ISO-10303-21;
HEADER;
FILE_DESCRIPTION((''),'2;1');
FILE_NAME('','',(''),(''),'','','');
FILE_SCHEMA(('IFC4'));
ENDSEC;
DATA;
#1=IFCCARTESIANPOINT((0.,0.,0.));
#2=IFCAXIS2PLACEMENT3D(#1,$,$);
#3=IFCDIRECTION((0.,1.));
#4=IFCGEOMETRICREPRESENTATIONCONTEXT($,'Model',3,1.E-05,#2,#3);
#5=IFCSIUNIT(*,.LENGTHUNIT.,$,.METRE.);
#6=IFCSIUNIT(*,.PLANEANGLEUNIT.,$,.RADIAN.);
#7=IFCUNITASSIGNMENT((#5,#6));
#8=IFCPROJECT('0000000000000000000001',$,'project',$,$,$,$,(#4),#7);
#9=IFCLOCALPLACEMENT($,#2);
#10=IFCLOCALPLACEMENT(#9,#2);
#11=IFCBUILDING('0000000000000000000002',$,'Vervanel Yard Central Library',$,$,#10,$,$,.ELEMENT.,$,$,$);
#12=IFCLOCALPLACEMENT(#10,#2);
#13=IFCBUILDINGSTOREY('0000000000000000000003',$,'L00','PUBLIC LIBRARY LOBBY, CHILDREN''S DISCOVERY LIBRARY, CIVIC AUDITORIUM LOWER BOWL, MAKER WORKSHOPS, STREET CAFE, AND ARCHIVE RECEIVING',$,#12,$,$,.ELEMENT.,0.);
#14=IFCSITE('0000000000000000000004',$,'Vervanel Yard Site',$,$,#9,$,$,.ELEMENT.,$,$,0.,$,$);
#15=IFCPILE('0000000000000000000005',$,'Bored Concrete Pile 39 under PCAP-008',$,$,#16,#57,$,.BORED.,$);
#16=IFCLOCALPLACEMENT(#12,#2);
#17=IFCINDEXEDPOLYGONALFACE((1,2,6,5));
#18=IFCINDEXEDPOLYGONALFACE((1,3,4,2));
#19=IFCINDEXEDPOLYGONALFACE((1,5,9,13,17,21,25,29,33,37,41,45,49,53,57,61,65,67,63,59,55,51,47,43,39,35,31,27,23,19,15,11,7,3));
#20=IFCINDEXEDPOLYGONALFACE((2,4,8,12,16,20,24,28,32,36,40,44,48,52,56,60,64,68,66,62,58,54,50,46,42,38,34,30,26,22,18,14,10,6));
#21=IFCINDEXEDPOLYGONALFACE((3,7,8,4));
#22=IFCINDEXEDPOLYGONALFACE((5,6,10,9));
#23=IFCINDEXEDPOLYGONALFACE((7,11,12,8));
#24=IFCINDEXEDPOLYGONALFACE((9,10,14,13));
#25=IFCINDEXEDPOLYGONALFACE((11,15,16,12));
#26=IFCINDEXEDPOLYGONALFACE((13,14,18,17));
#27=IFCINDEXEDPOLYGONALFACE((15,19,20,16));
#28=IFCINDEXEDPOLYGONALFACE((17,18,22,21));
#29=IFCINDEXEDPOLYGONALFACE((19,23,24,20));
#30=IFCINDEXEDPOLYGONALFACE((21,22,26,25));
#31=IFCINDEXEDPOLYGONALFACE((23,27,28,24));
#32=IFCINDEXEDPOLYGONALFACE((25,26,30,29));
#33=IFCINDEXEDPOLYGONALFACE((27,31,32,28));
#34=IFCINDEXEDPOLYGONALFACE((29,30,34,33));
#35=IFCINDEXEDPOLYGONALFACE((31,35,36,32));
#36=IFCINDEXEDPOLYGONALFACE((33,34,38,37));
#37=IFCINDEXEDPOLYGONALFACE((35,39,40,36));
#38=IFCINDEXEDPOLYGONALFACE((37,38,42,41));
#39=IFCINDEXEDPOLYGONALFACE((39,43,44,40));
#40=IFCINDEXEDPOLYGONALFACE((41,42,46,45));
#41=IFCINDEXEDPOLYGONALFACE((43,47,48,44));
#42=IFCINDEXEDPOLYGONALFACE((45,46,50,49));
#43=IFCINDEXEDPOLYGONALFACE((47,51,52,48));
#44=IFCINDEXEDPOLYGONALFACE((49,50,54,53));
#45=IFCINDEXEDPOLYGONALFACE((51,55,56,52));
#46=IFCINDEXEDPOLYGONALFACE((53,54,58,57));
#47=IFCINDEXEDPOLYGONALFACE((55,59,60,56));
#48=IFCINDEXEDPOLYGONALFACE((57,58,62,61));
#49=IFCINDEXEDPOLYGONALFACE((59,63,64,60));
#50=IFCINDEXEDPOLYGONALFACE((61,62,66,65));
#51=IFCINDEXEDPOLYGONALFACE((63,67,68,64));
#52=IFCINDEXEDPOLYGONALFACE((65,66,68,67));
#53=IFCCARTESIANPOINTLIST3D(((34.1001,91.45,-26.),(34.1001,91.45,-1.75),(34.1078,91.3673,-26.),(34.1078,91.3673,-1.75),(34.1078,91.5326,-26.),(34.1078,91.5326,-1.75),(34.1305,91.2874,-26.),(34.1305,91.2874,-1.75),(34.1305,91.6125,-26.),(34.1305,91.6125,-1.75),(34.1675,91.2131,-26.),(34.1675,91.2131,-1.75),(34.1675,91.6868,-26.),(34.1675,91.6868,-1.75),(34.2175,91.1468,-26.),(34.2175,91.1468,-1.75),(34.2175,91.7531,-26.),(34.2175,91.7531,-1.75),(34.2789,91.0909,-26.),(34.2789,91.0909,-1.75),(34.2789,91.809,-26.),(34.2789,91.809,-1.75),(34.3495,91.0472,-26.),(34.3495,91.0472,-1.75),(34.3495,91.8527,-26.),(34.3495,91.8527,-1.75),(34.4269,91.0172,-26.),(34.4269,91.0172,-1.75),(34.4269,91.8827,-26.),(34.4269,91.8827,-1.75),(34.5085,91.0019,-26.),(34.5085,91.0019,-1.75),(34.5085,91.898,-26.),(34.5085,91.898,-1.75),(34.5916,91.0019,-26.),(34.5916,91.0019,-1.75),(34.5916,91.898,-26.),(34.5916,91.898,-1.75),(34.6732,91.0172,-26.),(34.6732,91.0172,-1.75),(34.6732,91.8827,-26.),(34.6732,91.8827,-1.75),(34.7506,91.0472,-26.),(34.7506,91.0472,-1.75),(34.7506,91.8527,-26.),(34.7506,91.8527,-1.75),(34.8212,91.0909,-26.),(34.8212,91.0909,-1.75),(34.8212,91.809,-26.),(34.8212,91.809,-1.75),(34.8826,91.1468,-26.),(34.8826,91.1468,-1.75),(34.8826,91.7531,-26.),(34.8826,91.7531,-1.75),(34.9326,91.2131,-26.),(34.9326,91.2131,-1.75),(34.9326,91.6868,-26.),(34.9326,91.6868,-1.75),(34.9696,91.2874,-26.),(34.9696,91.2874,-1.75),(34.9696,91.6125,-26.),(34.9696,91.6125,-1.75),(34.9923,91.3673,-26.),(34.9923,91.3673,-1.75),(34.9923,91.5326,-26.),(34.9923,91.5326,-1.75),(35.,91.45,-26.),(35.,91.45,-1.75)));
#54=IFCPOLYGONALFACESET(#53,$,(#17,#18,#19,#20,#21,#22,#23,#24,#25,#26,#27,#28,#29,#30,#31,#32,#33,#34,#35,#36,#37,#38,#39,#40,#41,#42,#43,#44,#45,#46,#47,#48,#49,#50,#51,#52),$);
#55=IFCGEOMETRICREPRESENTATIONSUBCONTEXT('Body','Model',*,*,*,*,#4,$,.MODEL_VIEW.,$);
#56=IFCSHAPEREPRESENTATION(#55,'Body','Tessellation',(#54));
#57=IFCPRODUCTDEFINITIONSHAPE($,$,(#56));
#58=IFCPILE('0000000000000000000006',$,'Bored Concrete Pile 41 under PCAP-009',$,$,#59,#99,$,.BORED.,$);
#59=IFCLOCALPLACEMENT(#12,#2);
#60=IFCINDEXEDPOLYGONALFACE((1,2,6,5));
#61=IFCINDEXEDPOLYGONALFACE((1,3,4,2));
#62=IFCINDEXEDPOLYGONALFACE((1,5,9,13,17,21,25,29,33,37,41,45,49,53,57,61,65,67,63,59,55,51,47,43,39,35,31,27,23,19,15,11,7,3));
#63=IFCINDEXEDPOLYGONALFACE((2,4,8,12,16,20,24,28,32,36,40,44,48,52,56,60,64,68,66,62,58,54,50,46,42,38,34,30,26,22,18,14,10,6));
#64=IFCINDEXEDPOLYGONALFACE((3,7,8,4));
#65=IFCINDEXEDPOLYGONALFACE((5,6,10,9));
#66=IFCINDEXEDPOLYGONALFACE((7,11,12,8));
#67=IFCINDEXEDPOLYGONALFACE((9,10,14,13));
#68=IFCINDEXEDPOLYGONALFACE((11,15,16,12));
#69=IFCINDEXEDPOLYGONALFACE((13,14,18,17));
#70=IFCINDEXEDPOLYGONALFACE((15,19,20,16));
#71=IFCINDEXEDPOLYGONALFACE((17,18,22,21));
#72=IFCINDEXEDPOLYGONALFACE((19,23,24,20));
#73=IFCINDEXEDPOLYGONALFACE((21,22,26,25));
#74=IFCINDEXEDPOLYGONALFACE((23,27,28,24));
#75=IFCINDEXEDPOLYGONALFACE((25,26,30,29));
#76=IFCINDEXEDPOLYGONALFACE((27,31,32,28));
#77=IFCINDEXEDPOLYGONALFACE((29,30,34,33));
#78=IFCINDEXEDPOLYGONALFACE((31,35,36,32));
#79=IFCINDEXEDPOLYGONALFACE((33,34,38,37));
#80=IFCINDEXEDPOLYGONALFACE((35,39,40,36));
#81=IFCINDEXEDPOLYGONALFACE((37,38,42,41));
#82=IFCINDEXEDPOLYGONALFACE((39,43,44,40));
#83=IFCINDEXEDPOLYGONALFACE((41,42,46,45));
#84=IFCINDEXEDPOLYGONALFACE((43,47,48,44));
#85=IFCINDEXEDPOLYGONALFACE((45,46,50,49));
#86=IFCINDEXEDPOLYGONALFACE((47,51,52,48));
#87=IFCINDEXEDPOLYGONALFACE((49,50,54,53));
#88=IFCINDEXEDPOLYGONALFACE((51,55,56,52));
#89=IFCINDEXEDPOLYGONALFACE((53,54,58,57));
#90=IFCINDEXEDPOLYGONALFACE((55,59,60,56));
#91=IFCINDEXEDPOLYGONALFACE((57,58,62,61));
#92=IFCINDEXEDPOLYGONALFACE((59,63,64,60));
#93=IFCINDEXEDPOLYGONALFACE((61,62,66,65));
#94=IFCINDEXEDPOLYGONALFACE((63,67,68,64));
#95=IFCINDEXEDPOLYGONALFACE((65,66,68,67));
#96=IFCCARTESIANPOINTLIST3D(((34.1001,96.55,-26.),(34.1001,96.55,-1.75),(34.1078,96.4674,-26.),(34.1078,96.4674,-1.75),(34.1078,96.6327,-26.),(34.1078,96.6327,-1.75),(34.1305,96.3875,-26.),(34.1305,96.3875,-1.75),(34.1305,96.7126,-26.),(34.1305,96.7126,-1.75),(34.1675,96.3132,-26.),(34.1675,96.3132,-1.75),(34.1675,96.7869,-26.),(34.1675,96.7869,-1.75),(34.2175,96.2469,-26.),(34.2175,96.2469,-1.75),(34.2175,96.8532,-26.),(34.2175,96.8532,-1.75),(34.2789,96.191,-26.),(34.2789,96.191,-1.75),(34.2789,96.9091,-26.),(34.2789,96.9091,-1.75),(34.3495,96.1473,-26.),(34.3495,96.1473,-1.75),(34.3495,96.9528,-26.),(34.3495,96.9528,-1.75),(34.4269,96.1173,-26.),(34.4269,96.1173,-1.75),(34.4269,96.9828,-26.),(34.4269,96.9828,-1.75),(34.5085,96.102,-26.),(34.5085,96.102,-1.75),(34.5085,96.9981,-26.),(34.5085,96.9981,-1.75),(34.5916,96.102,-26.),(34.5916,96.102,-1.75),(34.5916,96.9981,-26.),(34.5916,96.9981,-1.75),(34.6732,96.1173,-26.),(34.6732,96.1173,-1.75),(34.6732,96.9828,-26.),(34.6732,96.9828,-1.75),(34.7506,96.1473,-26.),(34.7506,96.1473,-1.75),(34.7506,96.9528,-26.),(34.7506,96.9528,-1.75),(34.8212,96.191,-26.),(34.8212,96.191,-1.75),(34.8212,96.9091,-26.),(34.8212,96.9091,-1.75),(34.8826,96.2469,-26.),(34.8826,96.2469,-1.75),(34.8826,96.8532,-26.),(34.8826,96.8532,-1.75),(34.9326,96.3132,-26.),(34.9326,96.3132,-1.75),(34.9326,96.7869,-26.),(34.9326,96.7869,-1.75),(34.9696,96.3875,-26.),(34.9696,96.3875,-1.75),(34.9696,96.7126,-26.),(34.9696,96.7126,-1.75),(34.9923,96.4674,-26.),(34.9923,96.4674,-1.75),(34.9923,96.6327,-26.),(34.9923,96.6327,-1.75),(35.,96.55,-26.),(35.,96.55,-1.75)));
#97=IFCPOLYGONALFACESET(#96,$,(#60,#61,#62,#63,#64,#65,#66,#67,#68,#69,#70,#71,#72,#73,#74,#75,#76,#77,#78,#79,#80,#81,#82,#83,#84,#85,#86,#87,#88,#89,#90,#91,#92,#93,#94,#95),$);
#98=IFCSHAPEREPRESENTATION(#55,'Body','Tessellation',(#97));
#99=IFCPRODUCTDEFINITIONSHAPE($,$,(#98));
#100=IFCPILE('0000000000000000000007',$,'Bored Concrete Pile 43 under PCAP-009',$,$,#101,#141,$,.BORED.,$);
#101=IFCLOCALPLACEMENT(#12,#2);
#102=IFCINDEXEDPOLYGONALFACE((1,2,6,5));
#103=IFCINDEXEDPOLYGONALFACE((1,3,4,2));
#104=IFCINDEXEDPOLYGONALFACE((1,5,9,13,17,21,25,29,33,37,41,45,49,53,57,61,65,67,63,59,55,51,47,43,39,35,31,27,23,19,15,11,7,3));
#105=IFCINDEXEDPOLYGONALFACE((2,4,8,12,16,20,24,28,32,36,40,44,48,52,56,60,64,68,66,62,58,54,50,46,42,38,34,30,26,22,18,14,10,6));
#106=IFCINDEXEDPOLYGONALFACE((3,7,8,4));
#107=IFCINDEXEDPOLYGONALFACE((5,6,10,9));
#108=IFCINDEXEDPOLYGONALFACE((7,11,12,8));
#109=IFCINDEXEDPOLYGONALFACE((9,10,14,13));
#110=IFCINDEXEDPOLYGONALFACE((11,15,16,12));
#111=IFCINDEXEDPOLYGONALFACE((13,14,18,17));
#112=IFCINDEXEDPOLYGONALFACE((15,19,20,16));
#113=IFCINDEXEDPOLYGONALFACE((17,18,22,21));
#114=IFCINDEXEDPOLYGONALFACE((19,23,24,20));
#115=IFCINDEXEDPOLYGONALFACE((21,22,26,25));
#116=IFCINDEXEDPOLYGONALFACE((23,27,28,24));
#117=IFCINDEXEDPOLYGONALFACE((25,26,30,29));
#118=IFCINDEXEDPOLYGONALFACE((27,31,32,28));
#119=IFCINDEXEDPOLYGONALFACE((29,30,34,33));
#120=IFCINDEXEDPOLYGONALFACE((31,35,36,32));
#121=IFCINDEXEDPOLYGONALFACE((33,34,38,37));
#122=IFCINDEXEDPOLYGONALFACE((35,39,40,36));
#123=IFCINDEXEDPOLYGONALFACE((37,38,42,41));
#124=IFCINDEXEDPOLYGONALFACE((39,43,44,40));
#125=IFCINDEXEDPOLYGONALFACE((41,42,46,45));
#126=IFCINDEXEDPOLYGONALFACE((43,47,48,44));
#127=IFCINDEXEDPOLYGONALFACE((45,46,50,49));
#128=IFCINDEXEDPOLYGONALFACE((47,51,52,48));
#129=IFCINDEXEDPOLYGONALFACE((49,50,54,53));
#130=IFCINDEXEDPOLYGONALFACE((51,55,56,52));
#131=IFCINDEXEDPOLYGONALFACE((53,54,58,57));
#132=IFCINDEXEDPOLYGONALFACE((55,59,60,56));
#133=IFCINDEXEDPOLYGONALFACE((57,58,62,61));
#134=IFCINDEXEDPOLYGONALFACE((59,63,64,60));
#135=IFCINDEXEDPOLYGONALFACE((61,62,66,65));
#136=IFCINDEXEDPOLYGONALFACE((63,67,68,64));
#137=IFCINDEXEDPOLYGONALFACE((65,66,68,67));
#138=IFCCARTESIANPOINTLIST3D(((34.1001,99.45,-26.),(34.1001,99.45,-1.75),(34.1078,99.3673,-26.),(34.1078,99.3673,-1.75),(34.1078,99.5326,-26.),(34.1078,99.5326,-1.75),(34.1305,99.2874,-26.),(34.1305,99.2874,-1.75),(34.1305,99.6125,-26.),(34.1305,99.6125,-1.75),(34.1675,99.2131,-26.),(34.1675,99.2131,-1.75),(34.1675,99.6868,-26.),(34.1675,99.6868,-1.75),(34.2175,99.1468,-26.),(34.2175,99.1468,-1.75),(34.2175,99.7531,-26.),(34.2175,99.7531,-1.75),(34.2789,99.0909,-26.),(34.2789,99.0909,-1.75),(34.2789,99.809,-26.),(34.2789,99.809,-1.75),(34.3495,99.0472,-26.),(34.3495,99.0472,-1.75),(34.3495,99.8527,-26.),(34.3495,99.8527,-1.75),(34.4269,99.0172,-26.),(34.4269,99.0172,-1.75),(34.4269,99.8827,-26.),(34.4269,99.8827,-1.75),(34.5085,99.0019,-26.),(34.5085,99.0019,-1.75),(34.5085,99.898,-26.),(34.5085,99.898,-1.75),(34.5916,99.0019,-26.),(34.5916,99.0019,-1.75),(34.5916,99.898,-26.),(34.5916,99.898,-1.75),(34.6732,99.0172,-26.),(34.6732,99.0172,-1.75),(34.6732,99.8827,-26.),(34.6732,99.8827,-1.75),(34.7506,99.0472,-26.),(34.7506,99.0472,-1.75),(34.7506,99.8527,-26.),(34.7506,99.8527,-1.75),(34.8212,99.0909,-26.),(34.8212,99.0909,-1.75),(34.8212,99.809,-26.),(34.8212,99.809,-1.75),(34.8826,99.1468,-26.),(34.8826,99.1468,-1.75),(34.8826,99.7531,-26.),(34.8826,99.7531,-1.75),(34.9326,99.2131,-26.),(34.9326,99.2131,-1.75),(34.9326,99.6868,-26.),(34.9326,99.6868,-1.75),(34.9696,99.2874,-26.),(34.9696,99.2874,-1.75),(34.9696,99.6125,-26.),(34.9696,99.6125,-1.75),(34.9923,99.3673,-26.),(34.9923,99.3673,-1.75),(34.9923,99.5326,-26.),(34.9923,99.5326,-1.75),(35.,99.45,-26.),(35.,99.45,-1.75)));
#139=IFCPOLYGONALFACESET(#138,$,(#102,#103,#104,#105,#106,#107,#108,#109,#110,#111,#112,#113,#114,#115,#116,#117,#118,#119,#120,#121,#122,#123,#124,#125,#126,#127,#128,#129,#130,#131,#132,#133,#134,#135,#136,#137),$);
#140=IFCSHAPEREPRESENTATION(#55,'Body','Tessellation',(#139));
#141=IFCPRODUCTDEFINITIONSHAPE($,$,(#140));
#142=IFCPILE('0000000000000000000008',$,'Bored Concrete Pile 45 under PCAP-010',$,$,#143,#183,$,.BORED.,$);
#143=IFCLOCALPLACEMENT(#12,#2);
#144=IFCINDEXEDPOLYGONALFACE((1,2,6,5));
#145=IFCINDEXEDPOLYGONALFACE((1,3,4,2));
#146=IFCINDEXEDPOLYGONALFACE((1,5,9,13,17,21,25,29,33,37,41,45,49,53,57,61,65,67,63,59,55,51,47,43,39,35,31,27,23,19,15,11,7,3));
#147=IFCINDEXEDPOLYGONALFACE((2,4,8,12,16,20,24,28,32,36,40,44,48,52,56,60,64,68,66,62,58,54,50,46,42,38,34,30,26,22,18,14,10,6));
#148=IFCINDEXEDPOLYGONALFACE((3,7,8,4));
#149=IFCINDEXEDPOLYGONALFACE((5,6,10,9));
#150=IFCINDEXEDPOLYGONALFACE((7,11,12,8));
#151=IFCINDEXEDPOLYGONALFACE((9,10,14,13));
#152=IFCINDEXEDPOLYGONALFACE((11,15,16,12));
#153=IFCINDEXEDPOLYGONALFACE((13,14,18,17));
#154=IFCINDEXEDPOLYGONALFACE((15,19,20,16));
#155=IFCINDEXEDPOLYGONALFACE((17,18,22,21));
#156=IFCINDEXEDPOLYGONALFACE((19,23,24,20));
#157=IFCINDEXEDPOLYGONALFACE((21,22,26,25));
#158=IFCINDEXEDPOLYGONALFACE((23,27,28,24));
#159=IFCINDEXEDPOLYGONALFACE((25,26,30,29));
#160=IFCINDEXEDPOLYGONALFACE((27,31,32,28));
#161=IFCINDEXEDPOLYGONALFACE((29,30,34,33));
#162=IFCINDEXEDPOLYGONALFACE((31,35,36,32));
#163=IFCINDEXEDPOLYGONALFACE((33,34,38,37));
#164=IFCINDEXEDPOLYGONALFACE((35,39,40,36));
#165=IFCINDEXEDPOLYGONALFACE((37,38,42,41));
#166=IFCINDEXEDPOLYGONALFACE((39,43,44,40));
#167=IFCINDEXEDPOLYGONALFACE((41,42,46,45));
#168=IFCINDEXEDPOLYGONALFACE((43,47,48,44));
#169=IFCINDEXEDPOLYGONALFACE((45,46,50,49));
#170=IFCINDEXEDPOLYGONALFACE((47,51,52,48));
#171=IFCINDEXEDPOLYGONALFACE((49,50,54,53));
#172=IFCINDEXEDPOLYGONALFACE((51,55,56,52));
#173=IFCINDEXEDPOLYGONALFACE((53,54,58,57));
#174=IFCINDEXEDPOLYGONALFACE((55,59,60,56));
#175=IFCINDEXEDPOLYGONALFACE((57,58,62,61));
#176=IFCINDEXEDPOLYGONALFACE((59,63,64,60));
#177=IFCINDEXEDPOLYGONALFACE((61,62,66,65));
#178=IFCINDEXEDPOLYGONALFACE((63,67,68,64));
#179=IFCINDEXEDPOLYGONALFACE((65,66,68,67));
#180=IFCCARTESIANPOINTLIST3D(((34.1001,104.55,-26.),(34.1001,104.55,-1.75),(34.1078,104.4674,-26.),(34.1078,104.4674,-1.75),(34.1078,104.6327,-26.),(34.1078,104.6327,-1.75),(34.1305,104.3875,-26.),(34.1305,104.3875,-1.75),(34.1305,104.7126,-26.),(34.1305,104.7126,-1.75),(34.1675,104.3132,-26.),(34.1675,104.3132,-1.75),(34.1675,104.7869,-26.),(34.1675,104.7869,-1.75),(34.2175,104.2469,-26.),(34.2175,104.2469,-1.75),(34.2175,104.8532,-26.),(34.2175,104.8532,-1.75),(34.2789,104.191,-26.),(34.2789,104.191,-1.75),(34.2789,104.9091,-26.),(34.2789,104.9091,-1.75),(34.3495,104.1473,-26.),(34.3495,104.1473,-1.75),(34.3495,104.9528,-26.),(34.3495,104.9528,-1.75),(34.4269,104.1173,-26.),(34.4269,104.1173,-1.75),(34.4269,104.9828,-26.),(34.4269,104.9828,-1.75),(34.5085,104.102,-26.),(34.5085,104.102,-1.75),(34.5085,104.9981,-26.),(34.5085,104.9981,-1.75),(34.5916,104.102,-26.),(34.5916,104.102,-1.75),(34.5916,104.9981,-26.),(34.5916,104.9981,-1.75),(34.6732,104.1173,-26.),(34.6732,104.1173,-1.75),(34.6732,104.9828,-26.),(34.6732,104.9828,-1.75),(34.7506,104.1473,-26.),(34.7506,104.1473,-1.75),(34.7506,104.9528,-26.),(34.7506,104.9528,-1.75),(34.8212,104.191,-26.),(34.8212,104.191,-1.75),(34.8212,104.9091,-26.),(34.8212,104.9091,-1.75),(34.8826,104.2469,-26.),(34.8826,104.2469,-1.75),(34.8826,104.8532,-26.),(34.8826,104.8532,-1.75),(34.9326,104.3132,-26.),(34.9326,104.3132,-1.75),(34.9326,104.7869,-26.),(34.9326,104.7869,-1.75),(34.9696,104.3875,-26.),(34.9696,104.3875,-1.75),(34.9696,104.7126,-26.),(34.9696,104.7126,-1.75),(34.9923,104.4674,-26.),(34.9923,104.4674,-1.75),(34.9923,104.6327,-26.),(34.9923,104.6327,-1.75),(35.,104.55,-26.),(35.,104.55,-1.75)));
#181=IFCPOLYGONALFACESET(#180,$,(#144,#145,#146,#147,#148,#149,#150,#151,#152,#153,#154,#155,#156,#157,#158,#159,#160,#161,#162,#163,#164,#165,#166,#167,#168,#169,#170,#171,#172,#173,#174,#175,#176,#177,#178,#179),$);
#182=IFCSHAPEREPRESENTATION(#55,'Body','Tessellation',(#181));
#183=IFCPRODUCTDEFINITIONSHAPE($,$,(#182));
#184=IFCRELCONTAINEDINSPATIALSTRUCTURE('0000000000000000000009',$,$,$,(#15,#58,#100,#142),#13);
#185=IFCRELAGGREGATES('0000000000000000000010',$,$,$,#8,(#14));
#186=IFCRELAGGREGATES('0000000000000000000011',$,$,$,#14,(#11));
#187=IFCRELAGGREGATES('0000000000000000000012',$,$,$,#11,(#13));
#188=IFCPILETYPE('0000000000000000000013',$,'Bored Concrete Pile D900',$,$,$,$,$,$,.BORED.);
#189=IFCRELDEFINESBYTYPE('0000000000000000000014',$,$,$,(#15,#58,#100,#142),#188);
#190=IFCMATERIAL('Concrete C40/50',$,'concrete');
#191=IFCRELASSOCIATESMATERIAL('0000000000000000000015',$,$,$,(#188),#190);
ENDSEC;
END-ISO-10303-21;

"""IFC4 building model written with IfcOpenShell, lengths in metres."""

from ifc_helpers import new_model, si_unit, direction, frame, origin, origin_2d, place, context, subcontext, project, spatial, circle, extrude, material, material_profile, profile_set, type_object, element, save


model = new_model("IFC4")

# Units and contexts
model_context = context("Model", 3, precision=1e-05, world=origin(), true_north=direction((0.0, 1.0)))
body_context = subcontext(model_context, "Body", "Model", "MODEL_VIEW")
ifc_project = project(units=[si_unit("LENGTHUNIT", "METRE"), si_unit("PLANEANGLEUNIT", "RADIAN")], contexts=[model_context])

# Site, building, storey
site_placement = place(None, origin())
site = spatial("IfcSite", under=ifc_project, at=site_placement, Name="Vervanel Yard Site", CompositionType="ELEMENT", RefElevation=0.0)
building_placement = place(site_placement, origin())
building = spatial("IfcBuilding", under=site, at=building_placement, Name="Vervanel Yard Central Library", CompositionType="ELEMENT")
storey_placement = place(building_placement, origin())
storey = spatial("IfcBuildingStorey", under=building, at=storey_placement, Name="L00", Description="PUBLIC LIBRARY LOBBY, CHILDREN'S DISCOVERY LIBRARY, CIVIC AUDITORIUM LOWER BOWL, MAKER WORKSHOPS, STREET CAFE, AND ARCHIVE RECEIVING", CompositionType="ELEMENT", Elevation=0.0)

# Piles
ifc_material_1 = material(Name="Concrete C40/50", Category="concrete")
ifc_material_profile_1 = material_profile(ifc_material_1, circle(Radius=0.45, at=origin_2d()), Name="BP D900", Category="concrete")
ifc_profile_set_1 = profile_set([ifc_material_profile_1], Name="Concrete C40/50")
pile_type_1 = type_object("IfcPileType", Name="Bored Concrete Pile D900", PredefinedType="BORED", material=ifc_profile_set_1)
for number, where, z_axis, x_axis, name in (
    (1, (34.55, 91.45, -1.75), (0.0, 0.0, -1.0), (1.0, 0.0, 0.0), "Bored Concrete Pile 39 under PCAP-008"),
    (2, (34.55, 96.55, -1.75), (0.0, 0.0, -1.0), (1.0, 0.0, 0.0), "Bored Concrete Pile 41 under PCAP-009"),
    (3, (34.55, 99.45, -1.75), (0.0, 0.0, -1.0), (1.0, 0.0, 0.0), "Bored Concrete Pile 43 under PCAP-009"),
    (4, (34.55, 104.55, -1.75), (0.0, 0.0, -1.0), (1.0, 0.0, 0.0), "Bored Concrete Pile 45 under PCAP-010"),
):
    element("IfcPile", number, at=place(storey_placement, frame(where, z_axis=z_axis, x_axis=x_axis)), inside=storey, type_object=pile_type_1, Name=name, PredefinedType="BORED", context=body_context, shape_type="SweptSolid", body=[
        extrude(circle(Radius=0.45, at=origin_2d()), origin(), (0.0, 0.0, 1.0), 24.25),
    ])

save(model, "model.ifc")
